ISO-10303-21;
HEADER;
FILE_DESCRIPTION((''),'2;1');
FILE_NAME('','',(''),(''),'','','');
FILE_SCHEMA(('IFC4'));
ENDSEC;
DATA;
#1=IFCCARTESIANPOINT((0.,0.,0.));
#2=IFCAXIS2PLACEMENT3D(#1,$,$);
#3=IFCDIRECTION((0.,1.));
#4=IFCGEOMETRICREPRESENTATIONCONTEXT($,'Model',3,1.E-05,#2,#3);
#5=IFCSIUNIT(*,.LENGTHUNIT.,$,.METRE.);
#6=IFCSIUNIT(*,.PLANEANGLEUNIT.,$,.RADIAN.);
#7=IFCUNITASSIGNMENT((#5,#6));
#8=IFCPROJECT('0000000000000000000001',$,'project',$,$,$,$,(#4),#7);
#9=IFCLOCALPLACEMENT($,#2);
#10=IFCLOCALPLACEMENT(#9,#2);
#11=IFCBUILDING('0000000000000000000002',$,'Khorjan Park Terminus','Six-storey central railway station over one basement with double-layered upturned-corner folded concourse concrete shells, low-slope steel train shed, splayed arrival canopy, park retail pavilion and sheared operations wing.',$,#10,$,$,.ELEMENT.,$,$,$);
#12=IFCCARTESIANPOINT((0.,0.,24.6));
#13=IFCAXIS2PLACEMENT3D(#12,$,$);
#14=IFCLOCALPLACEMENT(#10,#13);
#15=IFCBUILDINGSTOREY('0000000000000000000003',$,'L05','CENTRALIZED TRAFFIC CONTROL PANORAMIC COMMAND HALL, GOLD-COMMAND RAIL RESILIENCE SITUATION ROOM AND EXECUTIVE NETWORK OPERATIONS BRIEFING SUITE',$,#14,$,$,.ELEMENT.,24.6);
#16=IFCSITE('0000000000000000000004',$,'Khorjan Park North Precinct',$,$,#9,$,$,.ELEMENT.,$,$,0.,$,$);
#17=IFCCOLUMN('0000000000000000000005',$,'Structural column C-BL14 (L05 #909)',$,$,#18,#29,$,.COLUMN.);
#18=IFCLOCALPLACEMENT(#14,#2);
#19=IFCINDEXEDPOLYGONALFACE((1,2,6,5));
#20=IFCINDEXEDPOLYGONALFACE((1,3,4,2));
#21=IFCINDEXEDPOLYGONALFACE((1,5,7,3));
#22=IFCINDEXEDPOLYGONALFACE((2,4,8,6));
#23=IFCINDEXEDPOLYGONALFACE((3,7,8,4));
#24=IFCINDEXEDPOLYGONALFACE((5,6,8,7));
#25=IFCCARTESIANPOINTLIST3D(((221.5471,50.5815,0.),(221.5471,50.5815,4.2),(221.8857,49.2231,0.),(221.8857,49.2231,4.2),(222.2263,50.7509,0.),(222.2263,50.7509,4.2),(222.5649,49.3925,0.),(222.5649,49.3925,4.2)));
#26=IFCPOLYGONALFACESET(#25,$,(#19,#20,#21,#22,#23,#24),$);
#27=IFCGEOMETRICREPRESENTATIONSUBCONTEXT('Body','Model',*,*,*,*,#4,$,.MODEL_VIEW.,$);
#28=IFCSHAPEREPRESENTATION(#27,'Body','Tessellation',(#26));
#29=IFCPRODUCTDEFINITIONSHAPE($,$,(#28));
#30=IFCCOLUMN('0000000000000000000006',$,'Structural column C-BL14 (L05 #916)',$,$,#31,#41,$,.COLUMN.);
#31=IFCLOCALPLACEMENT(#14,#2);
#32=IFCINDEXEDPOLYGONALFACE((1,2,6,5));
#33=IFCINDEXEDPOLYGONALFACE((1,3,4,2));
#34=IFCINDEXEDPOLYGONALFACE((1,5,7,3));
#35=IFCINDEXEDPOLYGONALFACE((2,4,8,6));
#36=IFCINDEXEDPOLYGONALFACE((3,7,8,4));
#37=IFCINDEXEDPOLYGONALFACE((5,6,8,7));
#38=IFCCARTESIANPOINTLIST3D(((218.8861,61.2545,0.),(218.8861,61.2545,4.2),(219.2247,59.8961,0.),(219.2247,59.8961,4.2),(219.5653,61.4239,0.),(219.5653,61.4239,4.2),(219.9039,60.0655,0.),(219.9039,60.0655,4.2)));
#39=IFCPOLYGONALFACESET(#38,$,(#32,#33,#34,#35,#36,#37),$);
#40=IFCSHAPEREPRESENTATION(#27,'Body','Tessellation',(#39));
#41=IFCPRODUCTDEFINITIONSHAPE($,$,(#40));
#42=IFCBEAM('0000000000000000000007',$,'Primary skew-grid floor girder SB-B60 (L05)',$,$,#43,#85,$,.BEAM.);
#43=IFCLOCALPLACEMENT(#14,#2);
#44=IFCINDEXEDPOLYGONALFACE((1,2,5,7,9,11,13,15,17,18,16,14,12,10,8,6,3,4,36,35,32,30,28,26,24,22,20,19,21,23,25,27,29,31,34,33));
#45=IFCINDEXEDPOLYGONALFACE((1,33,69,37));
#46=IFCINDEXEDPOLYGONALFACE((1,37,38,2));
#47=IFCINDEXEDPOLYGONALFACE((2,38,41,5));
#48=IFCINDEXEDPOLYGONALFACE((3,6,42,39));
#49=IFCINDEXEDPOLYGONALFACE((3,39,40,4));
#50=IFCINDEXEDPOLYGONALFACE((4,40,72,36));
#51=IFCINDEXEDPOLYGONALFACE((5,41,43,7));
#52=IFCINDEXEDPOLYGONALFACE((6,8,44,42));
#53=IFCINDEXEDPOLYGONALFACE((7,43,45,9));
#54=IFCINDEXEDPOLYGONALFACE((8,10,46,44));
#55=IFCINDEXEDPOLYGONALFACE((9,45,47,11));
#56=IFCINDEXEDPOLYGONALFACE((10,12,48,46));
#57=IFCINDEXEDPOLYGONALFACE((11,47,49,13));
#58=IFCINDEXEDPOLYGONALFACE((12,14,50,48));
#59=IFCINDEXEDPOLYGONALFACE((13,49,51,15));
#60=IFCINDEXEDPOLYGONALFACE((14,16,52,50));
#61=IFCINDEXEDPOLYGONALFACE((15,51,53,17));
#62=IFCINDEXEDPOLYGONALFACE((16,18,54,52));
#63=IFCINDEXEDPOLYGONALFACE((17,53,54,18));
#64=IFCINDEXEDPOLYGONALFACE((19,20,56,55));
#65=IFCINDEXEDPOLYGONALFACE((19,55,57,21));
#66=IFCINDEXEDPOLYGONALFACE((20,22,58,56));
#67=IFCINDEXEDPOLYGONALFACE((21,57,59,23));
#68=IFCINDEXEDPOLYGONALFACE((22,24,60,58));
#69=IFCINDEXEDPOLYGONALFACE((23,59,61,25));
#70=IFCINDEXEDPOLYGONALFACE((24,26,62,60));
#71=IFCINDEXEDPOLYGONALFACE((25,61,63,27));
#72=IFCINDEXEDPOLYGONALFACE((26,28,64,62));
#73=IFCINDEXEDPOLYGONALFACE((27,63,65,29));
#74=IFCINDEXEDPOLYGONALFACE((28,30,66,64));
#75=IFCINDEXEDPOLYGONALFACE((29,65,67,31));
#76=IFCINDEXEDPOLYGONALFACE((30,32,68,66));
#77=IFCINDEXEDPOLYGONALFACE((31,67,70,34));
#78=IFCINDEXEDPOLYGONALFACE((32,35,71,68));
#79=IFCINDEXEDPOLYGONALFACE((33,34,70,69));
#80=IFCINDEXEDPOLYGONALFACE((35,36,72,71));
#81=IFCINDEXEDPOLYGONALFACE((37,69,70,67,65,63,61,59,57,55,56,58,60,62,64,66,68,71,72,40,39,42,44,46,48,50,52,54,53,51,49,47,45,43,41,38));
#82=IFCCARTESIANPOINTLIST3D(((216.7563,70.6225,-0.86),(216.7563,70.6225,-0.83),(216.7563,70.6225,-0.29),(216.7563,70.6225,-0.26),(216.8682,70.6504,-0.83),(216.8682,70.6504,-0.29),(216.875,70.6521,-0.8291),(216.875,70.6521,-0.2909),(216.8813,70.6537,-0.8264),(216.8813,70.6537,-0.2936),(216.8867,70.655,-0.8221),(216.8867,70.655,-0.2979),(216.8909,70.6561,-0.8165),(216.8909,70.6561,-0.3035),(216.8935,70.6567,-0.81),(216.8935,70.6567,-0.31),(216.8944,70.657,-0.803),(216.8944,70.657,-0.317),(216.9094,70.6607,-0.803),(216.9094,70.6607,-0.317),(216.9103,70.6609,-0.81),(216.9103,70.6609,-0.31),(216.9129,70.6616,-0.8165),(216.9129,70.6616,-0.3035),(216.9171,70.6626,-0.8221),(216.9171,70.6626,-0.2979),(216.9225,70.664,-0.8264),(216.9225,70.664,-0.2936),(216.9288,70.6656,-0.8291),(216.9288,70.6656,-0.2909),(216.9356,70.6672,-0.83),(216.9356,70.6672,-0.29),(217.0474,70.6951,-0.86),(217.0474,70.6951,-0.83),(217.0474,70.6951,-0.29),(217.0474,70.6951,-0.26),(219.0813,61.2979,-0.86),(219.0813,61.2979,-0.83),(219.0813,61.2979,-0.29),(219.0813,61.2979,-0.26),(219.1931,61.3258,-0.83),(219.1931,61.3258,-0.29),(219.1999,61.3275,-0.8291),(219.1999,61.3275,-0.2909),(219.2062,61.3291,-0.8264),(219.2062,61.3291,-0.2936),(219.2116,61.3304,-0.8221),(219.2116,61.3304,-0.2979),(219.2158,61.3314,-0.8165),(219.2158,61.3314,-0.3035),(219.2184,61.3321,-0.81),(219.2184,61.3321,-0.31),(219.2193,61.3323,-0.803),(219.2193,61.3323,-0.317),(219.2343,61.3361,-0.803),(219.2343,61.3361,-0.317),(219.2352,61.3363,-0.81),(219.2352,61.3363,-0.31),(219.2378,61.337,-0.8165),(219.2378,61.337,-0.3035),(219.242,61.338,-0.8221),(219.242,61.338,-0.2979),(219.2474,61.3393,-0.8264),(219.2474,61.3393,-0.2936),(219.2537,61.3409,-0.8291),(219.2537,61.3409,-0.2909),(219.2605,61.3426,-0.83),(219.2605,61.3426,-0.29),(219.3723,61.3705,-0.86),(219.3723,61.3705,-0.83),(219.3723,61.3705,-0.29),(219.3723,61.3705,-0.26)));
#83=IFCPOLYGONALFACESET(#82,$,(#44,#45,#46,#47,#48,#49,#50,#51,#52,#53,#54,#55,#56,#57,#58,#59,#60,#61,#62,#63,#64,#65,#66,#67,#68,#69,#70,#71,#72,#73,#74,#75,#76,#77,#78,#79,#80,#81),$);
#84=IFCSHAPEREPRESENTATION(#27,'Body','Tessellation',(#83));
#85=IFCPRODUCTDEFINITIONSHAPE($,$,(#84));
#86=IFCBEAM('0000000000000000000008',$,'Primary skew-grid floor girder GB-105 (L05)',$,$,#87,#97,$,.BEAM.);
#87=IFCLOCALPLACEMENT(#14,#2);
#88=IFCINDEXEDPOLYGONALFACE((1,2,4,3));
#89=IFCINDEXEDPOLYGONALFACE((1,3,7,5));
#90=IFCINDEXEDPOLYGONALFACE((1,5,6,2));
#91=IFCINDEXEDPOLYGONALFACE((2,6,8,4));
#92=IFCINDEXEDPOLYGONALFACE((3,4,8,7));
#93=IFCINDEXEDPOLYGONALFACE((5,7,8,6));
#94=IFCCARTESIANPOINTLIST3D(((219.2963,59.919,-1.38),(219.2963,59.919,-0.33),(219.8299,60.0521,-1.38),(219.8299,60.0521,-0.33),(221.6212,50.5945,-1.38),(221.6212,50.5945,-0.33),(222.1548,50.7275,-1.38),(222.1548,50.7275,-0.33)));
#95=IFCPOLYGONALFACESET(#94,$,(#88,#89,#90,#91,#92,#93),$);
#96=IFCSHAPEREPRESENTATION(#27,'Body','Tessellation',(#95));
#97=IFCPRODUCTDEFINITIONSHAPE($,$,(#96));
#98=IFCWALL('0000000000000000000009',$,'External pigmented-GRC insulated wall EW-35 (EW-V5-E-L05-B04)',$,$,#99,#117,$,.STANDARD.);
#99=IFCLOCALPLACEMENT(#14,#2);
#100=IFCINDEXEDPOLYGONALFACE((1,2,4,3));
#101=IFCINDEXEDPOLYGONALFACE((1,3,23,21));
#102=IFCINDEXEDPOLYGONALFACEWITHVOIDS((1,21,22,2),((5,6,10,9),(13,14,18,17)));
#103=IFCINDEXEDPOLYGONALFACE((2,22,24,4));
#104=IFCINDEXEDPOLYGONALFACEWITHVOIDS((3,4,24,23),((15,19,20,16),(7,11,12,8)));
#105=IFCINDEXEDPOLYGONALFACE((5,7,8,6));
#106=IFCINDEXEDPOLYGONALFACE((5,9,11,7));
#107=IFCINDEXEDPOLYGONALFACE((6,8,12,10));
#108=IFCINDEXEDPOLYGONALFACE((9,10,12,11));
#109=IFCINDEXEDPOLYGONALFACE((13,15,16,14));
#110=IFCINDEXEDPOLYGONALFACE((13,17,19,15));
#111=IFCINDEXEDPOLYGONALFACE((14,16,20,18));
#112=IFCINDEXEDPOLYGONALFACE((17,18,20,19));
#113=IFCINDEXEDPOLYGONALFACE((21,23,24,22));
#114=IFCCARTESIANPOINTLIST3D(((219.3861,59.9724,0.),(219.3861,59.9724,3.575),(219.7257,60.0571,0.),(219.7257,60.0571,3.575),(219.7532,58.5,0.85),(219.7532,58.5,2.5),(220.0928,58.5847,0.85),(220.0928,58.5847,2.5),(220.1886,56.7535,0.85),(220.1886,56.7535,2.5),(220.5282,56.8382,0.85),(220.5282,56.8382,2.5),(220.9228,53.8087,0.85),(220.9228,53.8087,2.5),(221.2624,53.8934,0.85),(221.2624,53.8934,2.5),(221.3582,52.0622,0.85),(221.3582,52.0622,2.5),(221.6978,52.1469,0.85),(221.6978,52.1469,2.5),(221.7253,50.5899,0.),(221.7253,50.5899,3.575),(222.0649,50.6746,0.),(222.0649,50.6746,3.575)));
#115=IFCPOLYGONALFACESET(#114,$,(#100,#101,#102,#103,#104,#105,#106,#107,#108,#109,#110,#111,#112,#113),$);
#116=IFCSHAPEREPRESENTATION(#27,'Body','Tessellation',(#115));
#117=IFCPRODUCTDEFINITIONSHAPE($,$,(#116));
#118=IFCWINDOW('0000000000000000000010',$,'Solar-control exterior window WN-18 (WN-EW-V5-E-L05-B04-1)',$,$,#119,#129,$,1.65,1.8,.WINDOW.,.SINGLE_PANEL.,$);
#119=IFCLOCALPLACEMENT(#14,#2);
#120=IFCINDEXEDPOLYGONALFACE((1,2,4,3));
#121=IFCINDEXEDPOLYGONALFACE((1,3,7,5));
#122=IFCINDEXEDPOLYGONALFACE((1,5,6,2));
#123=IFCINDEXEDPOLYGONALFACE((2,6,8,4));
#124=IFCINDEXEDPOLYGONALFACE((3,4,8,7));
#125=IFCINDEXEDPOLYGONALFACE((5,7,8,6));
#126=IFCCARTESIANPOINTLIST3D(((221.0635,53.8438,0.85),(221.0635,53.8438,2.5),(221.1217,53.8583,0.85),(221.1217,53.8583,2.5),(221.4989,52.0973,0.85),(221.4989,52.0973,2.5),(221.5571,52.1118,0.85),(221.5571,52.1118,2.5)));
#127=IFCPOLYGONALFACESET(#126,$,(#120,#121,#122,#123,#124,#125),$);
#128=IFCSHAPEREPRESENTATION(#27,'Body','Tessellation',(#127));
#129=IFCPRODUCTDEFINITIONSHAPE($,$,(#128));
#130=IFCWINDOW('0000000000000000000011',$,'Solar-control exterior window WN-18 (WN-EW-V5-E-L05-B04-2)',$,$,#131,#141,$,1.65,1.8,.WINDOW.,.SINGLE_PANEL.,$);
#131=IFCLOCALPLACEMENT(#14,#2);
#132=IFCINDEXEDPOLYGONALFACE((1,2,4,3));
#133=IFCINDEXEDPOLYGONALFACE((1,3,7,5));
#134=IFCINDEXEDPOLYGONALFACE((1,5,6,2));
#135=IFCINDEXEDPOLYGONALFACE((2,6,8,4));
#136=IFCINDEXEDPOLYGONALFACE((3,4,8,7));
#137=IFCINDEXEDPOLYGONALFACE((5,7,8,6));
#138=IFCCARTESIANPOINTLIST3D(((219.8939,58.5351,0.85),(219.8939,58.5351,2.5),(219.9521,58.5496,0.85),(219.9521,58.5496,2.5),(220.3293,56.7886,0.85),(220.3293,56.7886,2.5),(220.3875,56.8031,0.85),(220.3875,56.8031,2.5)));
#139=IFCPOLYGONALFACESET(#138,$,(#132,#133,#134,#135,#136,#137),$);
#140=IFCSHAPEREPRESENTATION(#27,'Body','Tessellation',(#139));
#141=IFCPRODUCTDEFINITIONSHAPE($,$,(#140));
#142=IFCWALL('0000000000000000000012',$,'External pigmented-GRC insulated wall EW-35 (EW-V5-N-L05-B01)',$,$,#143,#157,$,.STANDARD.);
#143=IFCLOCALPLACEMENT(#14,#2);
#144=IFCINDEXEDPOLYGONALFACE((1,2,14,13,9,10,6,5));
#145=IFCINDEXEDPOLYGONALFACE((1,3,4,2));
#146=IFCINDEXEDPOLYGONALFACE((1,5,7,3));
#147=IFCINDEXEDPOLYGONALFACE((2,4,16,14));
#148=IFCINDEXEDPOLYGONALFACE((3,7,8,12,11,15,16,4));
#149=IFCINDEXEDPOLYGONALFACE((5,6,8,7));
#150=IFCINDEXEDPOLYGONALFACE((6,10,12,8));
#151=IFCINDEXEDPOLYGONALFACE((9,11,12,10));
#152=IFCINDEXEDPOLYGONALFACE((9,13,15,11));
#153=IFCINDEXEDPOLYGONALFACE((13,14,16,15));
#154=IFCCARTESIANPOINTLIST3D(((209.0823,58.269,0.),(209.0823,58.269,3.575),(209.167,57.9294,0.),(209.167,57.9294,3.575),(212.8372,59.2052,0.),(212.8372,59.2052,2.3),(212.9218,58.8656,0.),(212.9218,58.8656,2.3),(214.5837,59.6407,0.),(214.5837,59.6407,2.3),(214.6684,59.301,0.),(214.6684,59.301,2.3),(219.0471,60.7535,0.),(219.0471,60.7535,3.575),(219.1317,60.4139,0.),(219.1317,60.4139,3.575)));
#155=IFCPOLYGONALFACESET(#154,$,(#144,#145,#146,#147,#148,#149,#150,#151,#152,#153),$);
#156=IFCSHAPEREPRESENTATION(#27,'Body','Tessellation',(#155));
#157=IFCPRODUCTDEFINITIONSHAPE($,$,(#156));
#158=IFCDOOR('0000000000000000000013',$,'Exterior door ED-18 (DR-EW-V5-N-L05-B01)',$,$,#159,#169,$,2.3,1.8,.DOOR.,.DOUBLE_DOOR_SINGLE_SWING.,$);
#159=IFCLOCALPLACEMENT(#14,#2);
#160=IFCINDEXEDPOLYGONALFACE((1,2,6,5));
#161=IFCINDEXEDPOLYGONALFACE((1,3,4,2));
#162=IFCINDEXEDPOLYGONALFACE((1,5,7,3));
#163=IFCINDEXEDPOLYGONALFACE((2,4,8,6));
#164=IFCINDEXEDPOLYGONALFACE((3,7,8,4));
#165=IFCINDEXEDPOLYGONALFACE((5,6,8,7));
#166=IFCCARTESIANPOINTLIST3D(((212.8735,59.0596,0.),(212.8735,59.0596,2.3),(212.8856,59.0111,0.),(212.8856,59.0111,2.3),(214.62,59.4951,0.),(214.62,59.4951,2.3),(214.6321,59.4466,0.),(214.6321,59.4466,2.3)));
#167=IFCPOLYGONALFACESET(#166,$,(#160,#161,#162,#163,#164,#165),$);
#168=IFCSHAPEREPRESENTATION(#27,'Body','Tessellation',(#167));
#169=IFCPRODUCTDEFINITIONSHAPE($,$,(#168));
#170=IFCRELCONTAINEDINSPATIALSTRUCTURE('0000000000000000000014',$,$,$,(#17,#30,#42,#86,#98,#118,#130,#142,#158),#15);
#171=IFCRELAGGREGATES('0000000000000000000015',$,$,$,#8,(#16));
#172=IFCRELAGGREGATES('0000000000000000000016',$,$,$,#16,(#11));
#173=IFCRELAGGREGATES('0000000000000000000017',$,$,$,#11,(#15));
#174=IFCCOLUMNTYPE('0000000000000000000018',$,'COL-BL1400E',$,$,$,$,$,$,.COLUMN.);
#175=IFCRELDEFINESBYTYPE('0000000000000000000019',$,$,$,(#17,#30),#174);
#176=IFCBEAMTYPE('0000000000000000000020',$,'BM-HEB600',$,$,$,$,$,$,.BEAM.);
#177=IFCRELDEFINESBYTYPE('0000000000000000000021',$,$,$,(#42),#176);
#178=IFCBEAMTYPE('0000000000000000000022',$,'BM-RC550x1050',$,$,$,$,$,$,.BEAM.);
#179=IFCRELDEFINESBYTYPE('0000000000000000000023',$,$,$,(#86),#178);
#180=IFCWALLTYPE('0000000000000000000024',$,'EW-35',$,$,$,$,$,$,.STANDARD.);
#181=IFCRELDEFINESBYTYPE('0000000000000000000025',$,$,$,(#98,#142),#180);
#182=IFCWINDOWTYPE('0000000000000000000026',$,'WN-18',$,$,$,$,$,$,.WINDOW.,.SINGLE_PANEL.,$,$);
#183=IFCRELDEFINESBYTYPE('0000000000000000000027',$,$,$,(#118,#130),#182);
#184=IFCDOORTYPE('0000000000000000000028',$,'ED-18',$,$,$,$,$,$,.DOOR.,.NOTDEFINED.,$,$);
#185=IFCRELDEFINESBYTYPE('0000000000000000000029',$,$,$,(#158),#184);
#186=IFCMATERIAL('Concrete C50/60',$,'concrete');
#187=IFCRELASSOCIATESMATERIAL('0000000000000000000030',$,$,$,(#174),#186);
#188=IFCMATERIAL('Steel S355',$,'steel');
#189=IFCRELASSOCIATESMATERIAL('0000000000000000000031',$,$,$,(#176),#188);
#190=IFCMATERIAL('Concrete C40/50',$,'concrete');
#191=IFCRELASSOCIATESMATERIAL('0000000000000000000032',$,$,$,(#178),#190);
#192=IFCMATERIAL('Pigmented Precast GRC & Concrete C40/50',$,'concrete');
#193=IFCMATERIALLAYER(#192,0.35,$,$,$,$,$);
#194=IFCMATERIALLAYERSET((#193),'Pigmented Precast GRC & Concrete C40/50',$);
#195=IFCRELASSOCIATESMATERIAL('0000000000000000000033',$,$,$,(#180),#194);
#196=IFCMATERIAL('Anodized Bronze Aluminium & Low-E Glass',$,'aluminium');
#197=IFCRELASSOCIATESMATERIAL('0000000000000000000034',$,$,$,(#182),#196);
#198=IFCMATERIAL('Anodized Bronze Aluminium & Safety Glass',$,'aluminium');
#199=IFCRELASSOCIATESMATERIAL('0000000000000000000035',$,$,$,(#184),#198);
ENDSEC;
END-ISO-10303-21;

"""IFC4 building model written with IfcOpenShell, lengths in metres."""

from ifc_helpers import new_model, si_unit, direction, frame, frame_2d, origin, origin_2d, place, context, subcontext, project, spatial, rectangle, i_section, extrude, material, layer, layer_set, material_profile, profile_set, type_object, element, fill, save


model = new_model("IFC4")

# Units and contexts
model_context = context("Model", 3, precision=1e-05, world=origin(), true_north=direction((0.0, 1.0)))
body_context = subcontext(model_context, "Body", "Model", "MODEL_VIEW")
ifc_project = project(units=[si_unit("LENGTHUNIT", "METRE"), si_unit("PLANEANGLEUNIT", "RADIAN")], contexts=[model_context])

# Site, building, storey
site_placement = place(None, origin())
site = spatial("IfcSite", under=ifc_project, at=site_placement, Name="Khorjan Park North Precinct", CompositionType="ELEMENT", RefElevation=0.0)
building_placement = place(site_placement, origin())
building = spatial("IfcBuilding", under=site, at=building_placement, Name="Khorjan Park Terminus", Description="Six-storey central railway station over one basement with double-layered upturned-corner folded concourse concrete shells, low-slope steel train shed, splayed arrival canopy, park retail pavilion and sheared operations wing.", CompositionType="ELEMENT")
storey_placement = place(building_placement, frame((0.0, 0.0, 24.6)))
storey = spatial("IfcBuildingStorey", under=building, at=storey_placement, Name="L05", Description="CENTRALIZED TRAFFIC CONTROL PANORAMIC COMMAND HALL, GOLD-COMMAND RAIL RESILIENCE SITUATION ROOM AND EXECUTIVE NETWORK OPERATIONS BRIEFING SUITE", CompositionType="ELEMENT", Elevation=24.6)

# Columns
ifc_material_1 = material(Name="Concrete C50/60", Category="concrete")
ifc_material_profile_1 = material_profile(ifc_material_1, rectangle(XDim=0.7, YDim=1.4, at=origin_2d()), Name="RC 700x1400")
ifc_profile_set_1 = profile_set([ifc_material_profile_1], Name="Concrete C50/60")
column_type = type_object("IfcColumnType", Name="COL-BL1400E", PredefinedType="COLUMN", material=ifc_profile_set_1)
for number, where, z_axis, x_axis, name in (
    (1, (222.056, 49.987, 0.0), (0.0, 0.0, 1.0), (0.970296, 0.241922, 0.0), "Structural column C-BL14 (L05 #909)"),
    (2, (219.395, 60.66, 0.0), (0.0, 0.0, 1.0), (0.970296, 0.241922, 0.0), "Structural column C-BL14 (L05 #916)"),
):
    element("IfcColumn", number, at=place(storey_placement, frame(where, z_axis=z_axis, x_axis=x_axis)), inside=storey, type_object=column_type, Name=name, PredefinedType="COLUMN", context=body_context, shape_type="SweptSolid", body=[
        extrude(rectangle(XDim=0.7, YDim=1.4, at=origin_2d()), origin(), (0.0, 0.0, 1.0), 4.2),
    ])

# Beams
ifc_material_2 = material(Name="Steel S355", Category="steel")
ifc_material_profile_2 = material_profile(ifc_material_2, i_section(OverallWidth=0.3, OverallDepth=0.6, WebThickness=0.0155, FlangeThickness=0.03, FilletRadius=0.027, at=origin_2d()), Name="HEB 600")
ifc_profile_set_2 = profile_set([ifc_material_profile_2], Name="Steel S355")
beam_type_1 = type_object("IfcBeamType", Name="BM-HEB600", PredefinedType="BEAM", material=ifc_profile_set_2)
beam_1_placement = place(storey_placement, frame((219.2268, 61.3342, -0.56), z_axis=(-0.241923, 0.970295, 0.0), x_axis=(-0.970295, -0.241923, 0.0)))
element("IfcBeam", 3, at=beam_1_placement, inside=storey, type_object=beam_type_1, Name="Primary skew-grid floor girder SB-B60 (L05)", PredefinedType="BEAM", context=body_context, shape_type="SweptSolid", body=[
    extrude(i_section(OverallWidth=0.3, OverallDepth=0.6, WebThickness=0.0155, FlangeThickness=0.03, FilletRadius=0.027, at=origin_2d()), origin(), (0.0, 0.0, 1.0), 9.6101),
])
ifc_material_3 = material(Name="Concrete C40/50", Category="concrete")
ifc_material_profile_3 = material_profile(ifc_material_3, rectangle(XDim=0.55, YDim=1.05, at=origin_2d()), Name="RC 550x1050")
ifc_profile_set_3 = profile_set([ifc_material_profile_3], Name="Concrete C40/50")
beam_type_2 = type_object("IfcBeamType", Name="BM-RC550x1050", PredefinedType="BEAM", material=ifc_profile_set_3)
beam_2_placement = place(storey_placement, frame((221.888, 50.661, -0.855), z_axis=(-0.241926, 0.970295, 0.0), x_axis=(-0.970295, -0.241926, 0.0)))
element("IfcBeam", 4, at=beam_2_placement, inside=storey, type_object=beam_type_2, Name="Primary skew-grid floor girder GB-105 (L05)", PredefinedType="BEAM", context=body_context, shape_type="SweptSolid", body=[
    extrude(rectangle(XDim=0.55, YDim=1.05, at=origin_2d()), origin(), (0.0, 0.0, 1.0), 9.61),
])

# Wall, openings, windows
ifc_material_4 = material(Name="Pigmented Precast GRC & Concrete C40/50", Category="concrete")
ifc_layer_1 = layer(ifc_material_4, 0.35)
ifc_layer_set_1 = layer_set([ifc_layer_1], Name="Pigmented Precast GRC & Concrete C40/50")
wall_type_1 = type_object("IfcWallType", Name="EW-35", PredefinedType="STANDARD", material=ifc_layer_set_1)
wall_1_placement = place(storey_placement, frame((221.8951, 50.6322, 0.0), z_axis=(0.0, 0.0, 1.0), x_axis=(-0.24191, 0.970299, 0.0)))
wall_1 = element("IfcWall", 5, at=wall_1_placement, inside=storey, type_object=wall_type_1, Name="External pigmented-GRC insulated wall EW-35 (EW-V5-E-L05-B04)", PredefinedType="STANDARD", context=body_context, shape_type="SweptSolid", body=[
    extrude(rectangle(XDim=9.6697, YDim=0.35, at=frame_2d((4.8349, 0.0))), origin(), (0.0, 0.0, 1.0), 3.575),
])
opening_1_placement = place(wall_1_placement, frame((1.5174, 0.0, 0.85)))
opening_1 = element("IfcOpeningElement", 6, at=opening_1_placement, cuts=wall_1, PredefinedType="OPENING", context=body_context, shape_type="SweptSolid", body=[
    extrude(rectangle(XDim=1.8, YDim=1.65, at=frame_2d((0.9, 0.825))), frame((0.0, 0.185, 0.0), z_axis=(0.0, -1.0, 0.0), x_axis=(1.0, 0.0, 0.0)), (0.0, 0.0, 1.0), 0.37),
])
opening_2_placement = place(wall_1_placement, frame((6.3523, 0.0, 0.85)))
opening_2 = element("IfcOpeningElement", 7, at=opening_2_placement, cuts=wall_1, PredefinedType="OPENING", context=body_context, shape_type="SweptSolid", body=[
    extrude(rectangle(XDim=1.8, YDim=1.65, at=frame_2d((0.9, 0.825))), frame((0.0, 0.185, 0.0), z_axis=(0.0, -1.0, 0.0), x_axis=(1.0, 0.0, 0.0)), (0.0, 0.0, 1.0), 0.37),
])
ifc_material_5 = material(Name="Anodized Bronze Aluminium & Low-E Glass", Category="aluminium")
window_type = type_object("IfcWindowType", Name="WN-18", PartitioningType="SINGLE_PANEL", PredefinedType="WINDOW", material=ifc_material_5)
window_1_placement = place(opening_1_placement, origin())
window_1 = element("IfcWindow", 8, at=window_1_placement, inside=storey, type_object=window_type, Name="Solar-control exterior window WN-18 (WN-EW-V5-E-L05-B04-1)", OverallHeight=1.65, OverallWidth=1.8, PartitioningType="SINGLE_PANEL", PredefinedType="WINDOW", context=body_context, shape_type="SweptSolid", body=[
    extrude(rectangle(XDim=1.8, YDim=1.65, at=frame_2d((0.9, 0.825))), frame((0.0, 0.03, 0.0), z_axis=(0.0, -1.0, 0.0), x_axis=(1.0, 0.0, 0.0)), (0.0, 0.0, 1.0), 0.06),
])
fill(opening_1, window_1)
window_2_placement = place(opening_2_placement, origin())
window_2 = element("IfcWindow", 9, at=window_2_placement, inside=storey, type_object=window_type, Name="Solar-control exterior window WN-18 (WN-EW-V5-E-L05-B04-2)", OverallHeight=1.65, OverallWidth=1.8, PartitioningType="SINGLE_PANEL", PredefinedType="WINDOW", context=body_context, shape_type="SweptSolid", body=[
    extrude(rectangle(XDim=1.8, YDim=1.65, at=frame_2d((0.9, 0.825))), frame((0.0, 0.03, 0.0), z_axis=(0.0, -1.0, 0.0), x_axis=(1.0, 0.0, 0.0)), (0.0, 0.0, 1.0), 0.06),
])
fill(opening_2, window_2)

# Wall, opening, door
wall_2_placement = place(storey_placement, frame((219.0894, 60.5837, 0.0), z_axis=(0.0, 0.0, 1.0), x_axis=(-0.970295, -0.241924, 0.0)))
wall_2 = element("IfcWall", 10, at=wall_2_placement, inside=storey, type_object=wall_type_1, Name="External pigmented-GRC insulated wall EW-35 (EW-V5-N-L05-B01)", PredefinedType="STANDARD", context=body_context, shape_type="SweptSolid", body=[
    extrude(rectangle(XDim=10.2698, YDim=0.35, at=frame_2d((5.1349, 0.0))), origin(), (0.0, 0.0, 1.0), 3.575),
])
opening_3_placement = place(wall_2_placement, frame((4.6, 0.0, 0.0)))
opening_3 = element("IfcOpeningElement", 11, at=opening_3_placement, cuts=wall_2, PredefinedType="OPENING", context=body_context, shape_type="SweptSolid", body=[
    extrude(rectangle(XDim=1.8, YDim=2.3, at=frame_2d((0.9, 1.15))), frame((0.0, 0.185, 0.0), z_axis=(0.0, -1.0, 0.0), x_axis=(1.0, 0.0, 0.0)), (0.0, 0.0, 1.0), 0.37),
])
ifc_material_6 = material(Name="Anodized Bronze Aluminium & Safety Glass", Category="aluminium")
door_type_1 = type_object("IfcDoorType", Name="ED-18", OperationType="NOTDEFINED", PredefinedType="DOOR", material=ifc_material_6)
door_1_placement = place(opening_3_placement, origin())
door_1 = element("IfcDoor", 12, at=door_1_placement, inside=storey, type_object=door_type_1, Name="Exterior door ED-18 (DR-EW-V5-N-L05-B01)", OperationType="DOUBLE_DOOR_SINGLE_SWING", OverallHeight=2.3, OverallWidth=1.8, PredefinedType="DOOR", context=body_context, shape_type="SweptSolid", body=[
    extrude(rectangle(XDim=1.8, YDim=2.3, at=frame_2d((0.9, 1.15))), frame((0.0, 0.025, 0.0), z_axis=(0.0, -1.0, 0.0), x_axis=(1.0, 0.0, 0.0)), (0.0, 0.0, 1.0), 0.05),
])
fill(opening_3, door_1)

save(model, "model.ifc")
